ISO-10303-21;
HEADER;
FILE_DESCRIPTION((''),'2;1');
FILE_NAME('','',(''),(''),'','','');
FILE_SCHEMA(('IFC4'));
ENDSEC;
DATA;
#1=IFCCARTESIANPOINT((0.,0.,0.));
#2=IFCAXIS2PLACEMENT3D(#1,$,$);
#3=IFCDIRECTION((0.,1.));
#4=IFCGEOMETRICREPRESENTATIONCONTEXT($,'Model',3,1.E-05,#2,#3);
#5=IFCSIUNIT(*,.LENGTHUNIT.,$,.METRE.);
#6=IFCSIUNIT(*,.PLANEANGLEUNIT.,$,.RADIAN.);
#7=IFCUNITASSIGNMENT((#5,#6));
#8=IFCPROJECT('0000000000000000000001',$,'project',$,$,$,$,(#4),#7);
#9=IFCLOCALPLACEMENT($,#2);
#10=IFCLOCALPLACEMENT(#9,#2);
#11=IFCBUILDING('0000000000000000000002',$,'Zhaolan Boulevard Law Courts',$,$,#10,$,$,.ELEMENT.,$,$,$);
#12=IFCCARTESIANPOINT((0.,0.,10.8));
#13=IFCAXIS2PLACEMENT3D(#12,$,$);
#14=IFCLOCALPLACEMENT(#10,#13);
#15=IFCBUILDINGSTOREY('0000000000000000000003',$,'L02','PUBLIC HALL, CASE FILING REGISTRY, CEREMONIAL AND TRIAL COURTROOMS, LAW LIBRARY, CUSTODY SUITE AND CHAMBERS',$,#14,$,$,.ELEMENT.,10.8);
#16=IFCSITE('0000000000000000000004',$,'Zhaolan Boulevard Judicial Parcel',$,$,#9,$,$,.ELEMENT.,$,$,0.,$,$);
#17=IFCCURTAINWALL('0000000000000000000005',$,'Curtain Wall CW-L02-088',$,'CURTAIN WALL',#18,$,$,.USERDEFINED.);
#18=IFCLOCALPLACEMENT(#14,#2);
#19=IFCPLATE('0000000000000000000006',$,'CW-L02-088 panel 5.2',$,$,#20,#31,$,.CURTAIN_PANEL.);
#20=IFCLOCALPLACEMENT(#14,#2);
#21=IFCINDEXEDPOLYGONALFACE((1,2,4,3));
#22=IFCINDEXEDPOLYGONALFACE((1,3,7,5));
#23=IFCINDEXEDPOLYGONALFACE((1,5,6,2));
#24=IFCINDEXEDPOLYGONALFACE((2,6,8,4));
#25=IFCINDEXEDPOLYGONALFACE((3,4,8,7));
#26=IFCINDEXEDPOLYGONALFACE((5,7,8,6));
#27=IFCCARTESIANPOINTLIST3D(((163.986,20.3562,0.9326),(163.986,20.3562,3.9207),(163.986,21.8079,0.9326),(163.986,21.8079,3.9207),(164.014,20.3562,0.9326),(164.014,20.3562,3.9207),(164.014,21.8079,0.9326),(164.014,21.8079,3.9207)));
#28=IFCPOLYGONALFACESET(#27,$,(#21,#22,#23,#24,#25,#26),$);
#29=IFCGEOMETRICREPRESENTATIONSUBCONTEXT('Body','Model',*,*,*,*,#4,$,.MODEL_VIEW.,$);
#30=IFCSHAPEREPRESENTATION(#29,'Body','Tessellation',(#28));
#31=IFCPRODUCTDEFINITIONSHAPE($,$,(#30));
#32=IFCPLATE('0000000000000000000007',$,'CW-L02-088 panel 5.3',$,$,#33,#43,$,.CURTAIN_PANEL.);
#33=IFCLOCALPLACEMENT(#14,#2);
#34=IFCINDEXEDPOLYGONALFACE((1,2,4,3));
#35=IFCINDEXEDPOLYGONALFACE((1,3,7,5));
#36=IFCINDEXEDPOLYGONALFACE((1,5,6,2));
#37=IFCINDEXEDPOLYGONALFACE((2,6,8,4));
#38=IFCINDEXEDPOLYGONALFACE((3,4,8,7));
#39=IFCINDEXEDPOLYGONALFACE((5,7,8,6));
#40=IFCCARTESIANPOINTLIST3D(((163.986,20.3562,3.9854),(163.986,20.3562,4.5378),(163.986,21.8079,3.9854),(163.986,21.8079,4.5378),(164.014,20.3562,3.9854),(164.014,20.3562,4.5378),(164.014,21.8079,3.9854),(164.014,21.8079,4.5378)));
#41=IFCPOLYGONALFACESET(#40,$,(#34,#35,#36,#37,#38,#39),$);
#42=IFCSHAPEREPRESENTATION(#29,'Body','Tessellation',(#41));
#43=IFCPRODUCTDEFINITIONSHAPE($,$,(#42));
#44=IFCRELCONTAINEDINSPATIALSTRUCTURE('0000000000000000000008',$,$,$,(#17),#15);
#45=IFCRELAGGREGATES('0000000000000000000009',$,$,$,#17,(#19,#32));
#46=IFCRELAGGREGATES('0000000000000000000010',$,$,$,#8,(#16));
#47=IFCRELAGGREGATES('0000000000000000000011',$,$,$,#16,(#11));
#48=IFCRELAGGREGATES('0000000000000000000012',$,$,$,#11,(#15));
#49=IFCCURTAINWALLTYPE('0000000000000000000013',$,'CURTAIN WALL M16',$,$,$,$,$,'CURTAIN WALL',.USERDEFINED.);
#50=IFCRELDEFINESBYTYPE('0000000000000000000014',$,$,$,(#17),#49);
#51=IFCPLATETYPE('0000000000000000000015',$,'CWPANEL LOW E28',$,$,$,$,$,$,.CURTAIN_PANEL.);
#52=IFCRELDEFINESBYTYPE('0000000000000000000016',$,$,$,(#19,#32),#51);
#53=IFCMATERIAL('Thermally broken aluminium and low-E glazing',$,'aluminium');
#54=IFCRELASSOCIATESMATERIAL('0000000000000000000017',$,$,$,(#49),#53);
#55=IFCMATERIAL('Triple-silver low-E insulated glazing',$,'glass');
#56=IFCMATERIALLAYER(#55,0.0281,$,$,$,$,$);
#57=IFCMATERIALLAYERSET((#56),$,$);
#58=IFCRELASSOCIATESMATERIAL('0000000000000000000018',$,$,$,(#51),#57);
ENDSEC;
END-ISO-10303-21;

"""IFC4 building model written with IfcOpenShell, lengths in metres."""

from ifc_helpers import new_model, si_unit, direction, frame, origin, origin_2d, place, context, subcontext, project, spatial, rectangle, extrude, material, layer, layer_set, type_object, element, aggregate, save


model = new_model("IFC4")

# Units and contexts
model_context = context("Model", 3, precision=1e-05, world=origin(), true_north=direction((0.0, 1.0)))
body_context = subcontext(model_context, "Body", "Model", "MODEL_VIEW")
ifc_project = project(units=[si_unit("LENGTHUNIT", "METRE"), si_unit("PLANEANGLEUNIT", "RADIAN")], contexts=[model_context])

# Site, building, storey
site_placement = place(None, origin())
site = spatial("IfcSite", under=ifc_project, at=site_placement, Name="Zhaolan Boulevard Judicial Parcel", CompositionType="ELEMENT", RefElevation=0.0)
building_placement = place(site_placement, origin())
building = spatial("IfcBuilding", under=site, at=building_placement, Name="Zhaolan Boulevard Law Courts", CompositionType="ELEMENT")
storey_placement = place(building_placement, frame((0.0, 0.0, 10.8)))
storey = spatial("IfcBuildingStorey", under=building, at=storey_placement, Name="L02", Description="PUBLIC HALL, CASE FILING REGISTRY, CEREMONIAL AND TRIAL COURTROOMS, LAW LIBRARY, CUSTODY SUITE AND CHAMBERS", CompositionType="ELEMENT", Elevation=10.8)

# Curtain wall
ifc_material_1 = material(Name="Thermally broken aluminium and low-E glazing", Category="aluminium")
curtain_wall_type_1 = type_object("IfcCurtainWallType", Name="CURTAIN WALL M16", ElementType="CURTAIN WALL", PredefinedType="USERDEFINED", material=ifc_material_1)
curtain_wall_1_placement = place(storey_placement, origin())
curtain_wall_1 = element("IfcCurtainWall", 1, at=curtain_wall_1_placement, inside=storey, type_object=curtain_wall_type_1, Name="Curtain Wall CW-L02-088", ObjectType="CURTAIN WALL", PredefinedType="USERDEFINED")

# Plates
ifc_material_2 = material(Name="Triple-silver low-E insulated glazing", Category="glass")
ifc_layer = layer(ifc_material_2, 0.0281)
ifc_layer_set = layer_set([ifc_layer])
plate_type = type_object("IfcPlateType", Name="CWPANEL LOW E28", PredefinedType="CURTAIN_PANEL", material=ifc_layer_set)
plate_1_placement = place(storey_placement, frame((164.0, 21.082, 0.9326), z_axis=(0.0, 0.0, 1.0), x_axis=(0.0, 1.0, 0.0)))
plate_1 = element("IfcPlate", 2, at=plate_1_placement, type_object=plate_type, Name="CW-L02-088 panel 5.2", PredefinedType="CURTAIN_PANEL", context=body_context, shape_type="SweptSolid", body=[
    extrude(rectangle(XDim=1.4517, YDim=0.0281, at=origin_2d()), origin(), (0.0, 0.0, 1.0), 2.988),
])
plate_2_placement = place(storey_placement, frame((164.0, 21.082, 3.9854), z_axis=(0.0, 0.0, 1.0), x_axis=(0.0, 1.0, 0.0)))
plate_2 = element("IfcPlate", 3, at=plate_2_placement, type_object=plate_type, Name="CW-L02-088 panel 5.3", PredefinedType="CURTAIN_PANEL", context=body_context, shape_type="SweptSolid", body=[
    extrude(rectangle(XDim=1.4517, YDim=0.0281, at=origin_2d()), origin(), (0.0, 0.0, 1.0), 0.5525),
])
aggregate(curtain_wall_1, [plate_1, plate_2])

save(model, "model.ifc")
